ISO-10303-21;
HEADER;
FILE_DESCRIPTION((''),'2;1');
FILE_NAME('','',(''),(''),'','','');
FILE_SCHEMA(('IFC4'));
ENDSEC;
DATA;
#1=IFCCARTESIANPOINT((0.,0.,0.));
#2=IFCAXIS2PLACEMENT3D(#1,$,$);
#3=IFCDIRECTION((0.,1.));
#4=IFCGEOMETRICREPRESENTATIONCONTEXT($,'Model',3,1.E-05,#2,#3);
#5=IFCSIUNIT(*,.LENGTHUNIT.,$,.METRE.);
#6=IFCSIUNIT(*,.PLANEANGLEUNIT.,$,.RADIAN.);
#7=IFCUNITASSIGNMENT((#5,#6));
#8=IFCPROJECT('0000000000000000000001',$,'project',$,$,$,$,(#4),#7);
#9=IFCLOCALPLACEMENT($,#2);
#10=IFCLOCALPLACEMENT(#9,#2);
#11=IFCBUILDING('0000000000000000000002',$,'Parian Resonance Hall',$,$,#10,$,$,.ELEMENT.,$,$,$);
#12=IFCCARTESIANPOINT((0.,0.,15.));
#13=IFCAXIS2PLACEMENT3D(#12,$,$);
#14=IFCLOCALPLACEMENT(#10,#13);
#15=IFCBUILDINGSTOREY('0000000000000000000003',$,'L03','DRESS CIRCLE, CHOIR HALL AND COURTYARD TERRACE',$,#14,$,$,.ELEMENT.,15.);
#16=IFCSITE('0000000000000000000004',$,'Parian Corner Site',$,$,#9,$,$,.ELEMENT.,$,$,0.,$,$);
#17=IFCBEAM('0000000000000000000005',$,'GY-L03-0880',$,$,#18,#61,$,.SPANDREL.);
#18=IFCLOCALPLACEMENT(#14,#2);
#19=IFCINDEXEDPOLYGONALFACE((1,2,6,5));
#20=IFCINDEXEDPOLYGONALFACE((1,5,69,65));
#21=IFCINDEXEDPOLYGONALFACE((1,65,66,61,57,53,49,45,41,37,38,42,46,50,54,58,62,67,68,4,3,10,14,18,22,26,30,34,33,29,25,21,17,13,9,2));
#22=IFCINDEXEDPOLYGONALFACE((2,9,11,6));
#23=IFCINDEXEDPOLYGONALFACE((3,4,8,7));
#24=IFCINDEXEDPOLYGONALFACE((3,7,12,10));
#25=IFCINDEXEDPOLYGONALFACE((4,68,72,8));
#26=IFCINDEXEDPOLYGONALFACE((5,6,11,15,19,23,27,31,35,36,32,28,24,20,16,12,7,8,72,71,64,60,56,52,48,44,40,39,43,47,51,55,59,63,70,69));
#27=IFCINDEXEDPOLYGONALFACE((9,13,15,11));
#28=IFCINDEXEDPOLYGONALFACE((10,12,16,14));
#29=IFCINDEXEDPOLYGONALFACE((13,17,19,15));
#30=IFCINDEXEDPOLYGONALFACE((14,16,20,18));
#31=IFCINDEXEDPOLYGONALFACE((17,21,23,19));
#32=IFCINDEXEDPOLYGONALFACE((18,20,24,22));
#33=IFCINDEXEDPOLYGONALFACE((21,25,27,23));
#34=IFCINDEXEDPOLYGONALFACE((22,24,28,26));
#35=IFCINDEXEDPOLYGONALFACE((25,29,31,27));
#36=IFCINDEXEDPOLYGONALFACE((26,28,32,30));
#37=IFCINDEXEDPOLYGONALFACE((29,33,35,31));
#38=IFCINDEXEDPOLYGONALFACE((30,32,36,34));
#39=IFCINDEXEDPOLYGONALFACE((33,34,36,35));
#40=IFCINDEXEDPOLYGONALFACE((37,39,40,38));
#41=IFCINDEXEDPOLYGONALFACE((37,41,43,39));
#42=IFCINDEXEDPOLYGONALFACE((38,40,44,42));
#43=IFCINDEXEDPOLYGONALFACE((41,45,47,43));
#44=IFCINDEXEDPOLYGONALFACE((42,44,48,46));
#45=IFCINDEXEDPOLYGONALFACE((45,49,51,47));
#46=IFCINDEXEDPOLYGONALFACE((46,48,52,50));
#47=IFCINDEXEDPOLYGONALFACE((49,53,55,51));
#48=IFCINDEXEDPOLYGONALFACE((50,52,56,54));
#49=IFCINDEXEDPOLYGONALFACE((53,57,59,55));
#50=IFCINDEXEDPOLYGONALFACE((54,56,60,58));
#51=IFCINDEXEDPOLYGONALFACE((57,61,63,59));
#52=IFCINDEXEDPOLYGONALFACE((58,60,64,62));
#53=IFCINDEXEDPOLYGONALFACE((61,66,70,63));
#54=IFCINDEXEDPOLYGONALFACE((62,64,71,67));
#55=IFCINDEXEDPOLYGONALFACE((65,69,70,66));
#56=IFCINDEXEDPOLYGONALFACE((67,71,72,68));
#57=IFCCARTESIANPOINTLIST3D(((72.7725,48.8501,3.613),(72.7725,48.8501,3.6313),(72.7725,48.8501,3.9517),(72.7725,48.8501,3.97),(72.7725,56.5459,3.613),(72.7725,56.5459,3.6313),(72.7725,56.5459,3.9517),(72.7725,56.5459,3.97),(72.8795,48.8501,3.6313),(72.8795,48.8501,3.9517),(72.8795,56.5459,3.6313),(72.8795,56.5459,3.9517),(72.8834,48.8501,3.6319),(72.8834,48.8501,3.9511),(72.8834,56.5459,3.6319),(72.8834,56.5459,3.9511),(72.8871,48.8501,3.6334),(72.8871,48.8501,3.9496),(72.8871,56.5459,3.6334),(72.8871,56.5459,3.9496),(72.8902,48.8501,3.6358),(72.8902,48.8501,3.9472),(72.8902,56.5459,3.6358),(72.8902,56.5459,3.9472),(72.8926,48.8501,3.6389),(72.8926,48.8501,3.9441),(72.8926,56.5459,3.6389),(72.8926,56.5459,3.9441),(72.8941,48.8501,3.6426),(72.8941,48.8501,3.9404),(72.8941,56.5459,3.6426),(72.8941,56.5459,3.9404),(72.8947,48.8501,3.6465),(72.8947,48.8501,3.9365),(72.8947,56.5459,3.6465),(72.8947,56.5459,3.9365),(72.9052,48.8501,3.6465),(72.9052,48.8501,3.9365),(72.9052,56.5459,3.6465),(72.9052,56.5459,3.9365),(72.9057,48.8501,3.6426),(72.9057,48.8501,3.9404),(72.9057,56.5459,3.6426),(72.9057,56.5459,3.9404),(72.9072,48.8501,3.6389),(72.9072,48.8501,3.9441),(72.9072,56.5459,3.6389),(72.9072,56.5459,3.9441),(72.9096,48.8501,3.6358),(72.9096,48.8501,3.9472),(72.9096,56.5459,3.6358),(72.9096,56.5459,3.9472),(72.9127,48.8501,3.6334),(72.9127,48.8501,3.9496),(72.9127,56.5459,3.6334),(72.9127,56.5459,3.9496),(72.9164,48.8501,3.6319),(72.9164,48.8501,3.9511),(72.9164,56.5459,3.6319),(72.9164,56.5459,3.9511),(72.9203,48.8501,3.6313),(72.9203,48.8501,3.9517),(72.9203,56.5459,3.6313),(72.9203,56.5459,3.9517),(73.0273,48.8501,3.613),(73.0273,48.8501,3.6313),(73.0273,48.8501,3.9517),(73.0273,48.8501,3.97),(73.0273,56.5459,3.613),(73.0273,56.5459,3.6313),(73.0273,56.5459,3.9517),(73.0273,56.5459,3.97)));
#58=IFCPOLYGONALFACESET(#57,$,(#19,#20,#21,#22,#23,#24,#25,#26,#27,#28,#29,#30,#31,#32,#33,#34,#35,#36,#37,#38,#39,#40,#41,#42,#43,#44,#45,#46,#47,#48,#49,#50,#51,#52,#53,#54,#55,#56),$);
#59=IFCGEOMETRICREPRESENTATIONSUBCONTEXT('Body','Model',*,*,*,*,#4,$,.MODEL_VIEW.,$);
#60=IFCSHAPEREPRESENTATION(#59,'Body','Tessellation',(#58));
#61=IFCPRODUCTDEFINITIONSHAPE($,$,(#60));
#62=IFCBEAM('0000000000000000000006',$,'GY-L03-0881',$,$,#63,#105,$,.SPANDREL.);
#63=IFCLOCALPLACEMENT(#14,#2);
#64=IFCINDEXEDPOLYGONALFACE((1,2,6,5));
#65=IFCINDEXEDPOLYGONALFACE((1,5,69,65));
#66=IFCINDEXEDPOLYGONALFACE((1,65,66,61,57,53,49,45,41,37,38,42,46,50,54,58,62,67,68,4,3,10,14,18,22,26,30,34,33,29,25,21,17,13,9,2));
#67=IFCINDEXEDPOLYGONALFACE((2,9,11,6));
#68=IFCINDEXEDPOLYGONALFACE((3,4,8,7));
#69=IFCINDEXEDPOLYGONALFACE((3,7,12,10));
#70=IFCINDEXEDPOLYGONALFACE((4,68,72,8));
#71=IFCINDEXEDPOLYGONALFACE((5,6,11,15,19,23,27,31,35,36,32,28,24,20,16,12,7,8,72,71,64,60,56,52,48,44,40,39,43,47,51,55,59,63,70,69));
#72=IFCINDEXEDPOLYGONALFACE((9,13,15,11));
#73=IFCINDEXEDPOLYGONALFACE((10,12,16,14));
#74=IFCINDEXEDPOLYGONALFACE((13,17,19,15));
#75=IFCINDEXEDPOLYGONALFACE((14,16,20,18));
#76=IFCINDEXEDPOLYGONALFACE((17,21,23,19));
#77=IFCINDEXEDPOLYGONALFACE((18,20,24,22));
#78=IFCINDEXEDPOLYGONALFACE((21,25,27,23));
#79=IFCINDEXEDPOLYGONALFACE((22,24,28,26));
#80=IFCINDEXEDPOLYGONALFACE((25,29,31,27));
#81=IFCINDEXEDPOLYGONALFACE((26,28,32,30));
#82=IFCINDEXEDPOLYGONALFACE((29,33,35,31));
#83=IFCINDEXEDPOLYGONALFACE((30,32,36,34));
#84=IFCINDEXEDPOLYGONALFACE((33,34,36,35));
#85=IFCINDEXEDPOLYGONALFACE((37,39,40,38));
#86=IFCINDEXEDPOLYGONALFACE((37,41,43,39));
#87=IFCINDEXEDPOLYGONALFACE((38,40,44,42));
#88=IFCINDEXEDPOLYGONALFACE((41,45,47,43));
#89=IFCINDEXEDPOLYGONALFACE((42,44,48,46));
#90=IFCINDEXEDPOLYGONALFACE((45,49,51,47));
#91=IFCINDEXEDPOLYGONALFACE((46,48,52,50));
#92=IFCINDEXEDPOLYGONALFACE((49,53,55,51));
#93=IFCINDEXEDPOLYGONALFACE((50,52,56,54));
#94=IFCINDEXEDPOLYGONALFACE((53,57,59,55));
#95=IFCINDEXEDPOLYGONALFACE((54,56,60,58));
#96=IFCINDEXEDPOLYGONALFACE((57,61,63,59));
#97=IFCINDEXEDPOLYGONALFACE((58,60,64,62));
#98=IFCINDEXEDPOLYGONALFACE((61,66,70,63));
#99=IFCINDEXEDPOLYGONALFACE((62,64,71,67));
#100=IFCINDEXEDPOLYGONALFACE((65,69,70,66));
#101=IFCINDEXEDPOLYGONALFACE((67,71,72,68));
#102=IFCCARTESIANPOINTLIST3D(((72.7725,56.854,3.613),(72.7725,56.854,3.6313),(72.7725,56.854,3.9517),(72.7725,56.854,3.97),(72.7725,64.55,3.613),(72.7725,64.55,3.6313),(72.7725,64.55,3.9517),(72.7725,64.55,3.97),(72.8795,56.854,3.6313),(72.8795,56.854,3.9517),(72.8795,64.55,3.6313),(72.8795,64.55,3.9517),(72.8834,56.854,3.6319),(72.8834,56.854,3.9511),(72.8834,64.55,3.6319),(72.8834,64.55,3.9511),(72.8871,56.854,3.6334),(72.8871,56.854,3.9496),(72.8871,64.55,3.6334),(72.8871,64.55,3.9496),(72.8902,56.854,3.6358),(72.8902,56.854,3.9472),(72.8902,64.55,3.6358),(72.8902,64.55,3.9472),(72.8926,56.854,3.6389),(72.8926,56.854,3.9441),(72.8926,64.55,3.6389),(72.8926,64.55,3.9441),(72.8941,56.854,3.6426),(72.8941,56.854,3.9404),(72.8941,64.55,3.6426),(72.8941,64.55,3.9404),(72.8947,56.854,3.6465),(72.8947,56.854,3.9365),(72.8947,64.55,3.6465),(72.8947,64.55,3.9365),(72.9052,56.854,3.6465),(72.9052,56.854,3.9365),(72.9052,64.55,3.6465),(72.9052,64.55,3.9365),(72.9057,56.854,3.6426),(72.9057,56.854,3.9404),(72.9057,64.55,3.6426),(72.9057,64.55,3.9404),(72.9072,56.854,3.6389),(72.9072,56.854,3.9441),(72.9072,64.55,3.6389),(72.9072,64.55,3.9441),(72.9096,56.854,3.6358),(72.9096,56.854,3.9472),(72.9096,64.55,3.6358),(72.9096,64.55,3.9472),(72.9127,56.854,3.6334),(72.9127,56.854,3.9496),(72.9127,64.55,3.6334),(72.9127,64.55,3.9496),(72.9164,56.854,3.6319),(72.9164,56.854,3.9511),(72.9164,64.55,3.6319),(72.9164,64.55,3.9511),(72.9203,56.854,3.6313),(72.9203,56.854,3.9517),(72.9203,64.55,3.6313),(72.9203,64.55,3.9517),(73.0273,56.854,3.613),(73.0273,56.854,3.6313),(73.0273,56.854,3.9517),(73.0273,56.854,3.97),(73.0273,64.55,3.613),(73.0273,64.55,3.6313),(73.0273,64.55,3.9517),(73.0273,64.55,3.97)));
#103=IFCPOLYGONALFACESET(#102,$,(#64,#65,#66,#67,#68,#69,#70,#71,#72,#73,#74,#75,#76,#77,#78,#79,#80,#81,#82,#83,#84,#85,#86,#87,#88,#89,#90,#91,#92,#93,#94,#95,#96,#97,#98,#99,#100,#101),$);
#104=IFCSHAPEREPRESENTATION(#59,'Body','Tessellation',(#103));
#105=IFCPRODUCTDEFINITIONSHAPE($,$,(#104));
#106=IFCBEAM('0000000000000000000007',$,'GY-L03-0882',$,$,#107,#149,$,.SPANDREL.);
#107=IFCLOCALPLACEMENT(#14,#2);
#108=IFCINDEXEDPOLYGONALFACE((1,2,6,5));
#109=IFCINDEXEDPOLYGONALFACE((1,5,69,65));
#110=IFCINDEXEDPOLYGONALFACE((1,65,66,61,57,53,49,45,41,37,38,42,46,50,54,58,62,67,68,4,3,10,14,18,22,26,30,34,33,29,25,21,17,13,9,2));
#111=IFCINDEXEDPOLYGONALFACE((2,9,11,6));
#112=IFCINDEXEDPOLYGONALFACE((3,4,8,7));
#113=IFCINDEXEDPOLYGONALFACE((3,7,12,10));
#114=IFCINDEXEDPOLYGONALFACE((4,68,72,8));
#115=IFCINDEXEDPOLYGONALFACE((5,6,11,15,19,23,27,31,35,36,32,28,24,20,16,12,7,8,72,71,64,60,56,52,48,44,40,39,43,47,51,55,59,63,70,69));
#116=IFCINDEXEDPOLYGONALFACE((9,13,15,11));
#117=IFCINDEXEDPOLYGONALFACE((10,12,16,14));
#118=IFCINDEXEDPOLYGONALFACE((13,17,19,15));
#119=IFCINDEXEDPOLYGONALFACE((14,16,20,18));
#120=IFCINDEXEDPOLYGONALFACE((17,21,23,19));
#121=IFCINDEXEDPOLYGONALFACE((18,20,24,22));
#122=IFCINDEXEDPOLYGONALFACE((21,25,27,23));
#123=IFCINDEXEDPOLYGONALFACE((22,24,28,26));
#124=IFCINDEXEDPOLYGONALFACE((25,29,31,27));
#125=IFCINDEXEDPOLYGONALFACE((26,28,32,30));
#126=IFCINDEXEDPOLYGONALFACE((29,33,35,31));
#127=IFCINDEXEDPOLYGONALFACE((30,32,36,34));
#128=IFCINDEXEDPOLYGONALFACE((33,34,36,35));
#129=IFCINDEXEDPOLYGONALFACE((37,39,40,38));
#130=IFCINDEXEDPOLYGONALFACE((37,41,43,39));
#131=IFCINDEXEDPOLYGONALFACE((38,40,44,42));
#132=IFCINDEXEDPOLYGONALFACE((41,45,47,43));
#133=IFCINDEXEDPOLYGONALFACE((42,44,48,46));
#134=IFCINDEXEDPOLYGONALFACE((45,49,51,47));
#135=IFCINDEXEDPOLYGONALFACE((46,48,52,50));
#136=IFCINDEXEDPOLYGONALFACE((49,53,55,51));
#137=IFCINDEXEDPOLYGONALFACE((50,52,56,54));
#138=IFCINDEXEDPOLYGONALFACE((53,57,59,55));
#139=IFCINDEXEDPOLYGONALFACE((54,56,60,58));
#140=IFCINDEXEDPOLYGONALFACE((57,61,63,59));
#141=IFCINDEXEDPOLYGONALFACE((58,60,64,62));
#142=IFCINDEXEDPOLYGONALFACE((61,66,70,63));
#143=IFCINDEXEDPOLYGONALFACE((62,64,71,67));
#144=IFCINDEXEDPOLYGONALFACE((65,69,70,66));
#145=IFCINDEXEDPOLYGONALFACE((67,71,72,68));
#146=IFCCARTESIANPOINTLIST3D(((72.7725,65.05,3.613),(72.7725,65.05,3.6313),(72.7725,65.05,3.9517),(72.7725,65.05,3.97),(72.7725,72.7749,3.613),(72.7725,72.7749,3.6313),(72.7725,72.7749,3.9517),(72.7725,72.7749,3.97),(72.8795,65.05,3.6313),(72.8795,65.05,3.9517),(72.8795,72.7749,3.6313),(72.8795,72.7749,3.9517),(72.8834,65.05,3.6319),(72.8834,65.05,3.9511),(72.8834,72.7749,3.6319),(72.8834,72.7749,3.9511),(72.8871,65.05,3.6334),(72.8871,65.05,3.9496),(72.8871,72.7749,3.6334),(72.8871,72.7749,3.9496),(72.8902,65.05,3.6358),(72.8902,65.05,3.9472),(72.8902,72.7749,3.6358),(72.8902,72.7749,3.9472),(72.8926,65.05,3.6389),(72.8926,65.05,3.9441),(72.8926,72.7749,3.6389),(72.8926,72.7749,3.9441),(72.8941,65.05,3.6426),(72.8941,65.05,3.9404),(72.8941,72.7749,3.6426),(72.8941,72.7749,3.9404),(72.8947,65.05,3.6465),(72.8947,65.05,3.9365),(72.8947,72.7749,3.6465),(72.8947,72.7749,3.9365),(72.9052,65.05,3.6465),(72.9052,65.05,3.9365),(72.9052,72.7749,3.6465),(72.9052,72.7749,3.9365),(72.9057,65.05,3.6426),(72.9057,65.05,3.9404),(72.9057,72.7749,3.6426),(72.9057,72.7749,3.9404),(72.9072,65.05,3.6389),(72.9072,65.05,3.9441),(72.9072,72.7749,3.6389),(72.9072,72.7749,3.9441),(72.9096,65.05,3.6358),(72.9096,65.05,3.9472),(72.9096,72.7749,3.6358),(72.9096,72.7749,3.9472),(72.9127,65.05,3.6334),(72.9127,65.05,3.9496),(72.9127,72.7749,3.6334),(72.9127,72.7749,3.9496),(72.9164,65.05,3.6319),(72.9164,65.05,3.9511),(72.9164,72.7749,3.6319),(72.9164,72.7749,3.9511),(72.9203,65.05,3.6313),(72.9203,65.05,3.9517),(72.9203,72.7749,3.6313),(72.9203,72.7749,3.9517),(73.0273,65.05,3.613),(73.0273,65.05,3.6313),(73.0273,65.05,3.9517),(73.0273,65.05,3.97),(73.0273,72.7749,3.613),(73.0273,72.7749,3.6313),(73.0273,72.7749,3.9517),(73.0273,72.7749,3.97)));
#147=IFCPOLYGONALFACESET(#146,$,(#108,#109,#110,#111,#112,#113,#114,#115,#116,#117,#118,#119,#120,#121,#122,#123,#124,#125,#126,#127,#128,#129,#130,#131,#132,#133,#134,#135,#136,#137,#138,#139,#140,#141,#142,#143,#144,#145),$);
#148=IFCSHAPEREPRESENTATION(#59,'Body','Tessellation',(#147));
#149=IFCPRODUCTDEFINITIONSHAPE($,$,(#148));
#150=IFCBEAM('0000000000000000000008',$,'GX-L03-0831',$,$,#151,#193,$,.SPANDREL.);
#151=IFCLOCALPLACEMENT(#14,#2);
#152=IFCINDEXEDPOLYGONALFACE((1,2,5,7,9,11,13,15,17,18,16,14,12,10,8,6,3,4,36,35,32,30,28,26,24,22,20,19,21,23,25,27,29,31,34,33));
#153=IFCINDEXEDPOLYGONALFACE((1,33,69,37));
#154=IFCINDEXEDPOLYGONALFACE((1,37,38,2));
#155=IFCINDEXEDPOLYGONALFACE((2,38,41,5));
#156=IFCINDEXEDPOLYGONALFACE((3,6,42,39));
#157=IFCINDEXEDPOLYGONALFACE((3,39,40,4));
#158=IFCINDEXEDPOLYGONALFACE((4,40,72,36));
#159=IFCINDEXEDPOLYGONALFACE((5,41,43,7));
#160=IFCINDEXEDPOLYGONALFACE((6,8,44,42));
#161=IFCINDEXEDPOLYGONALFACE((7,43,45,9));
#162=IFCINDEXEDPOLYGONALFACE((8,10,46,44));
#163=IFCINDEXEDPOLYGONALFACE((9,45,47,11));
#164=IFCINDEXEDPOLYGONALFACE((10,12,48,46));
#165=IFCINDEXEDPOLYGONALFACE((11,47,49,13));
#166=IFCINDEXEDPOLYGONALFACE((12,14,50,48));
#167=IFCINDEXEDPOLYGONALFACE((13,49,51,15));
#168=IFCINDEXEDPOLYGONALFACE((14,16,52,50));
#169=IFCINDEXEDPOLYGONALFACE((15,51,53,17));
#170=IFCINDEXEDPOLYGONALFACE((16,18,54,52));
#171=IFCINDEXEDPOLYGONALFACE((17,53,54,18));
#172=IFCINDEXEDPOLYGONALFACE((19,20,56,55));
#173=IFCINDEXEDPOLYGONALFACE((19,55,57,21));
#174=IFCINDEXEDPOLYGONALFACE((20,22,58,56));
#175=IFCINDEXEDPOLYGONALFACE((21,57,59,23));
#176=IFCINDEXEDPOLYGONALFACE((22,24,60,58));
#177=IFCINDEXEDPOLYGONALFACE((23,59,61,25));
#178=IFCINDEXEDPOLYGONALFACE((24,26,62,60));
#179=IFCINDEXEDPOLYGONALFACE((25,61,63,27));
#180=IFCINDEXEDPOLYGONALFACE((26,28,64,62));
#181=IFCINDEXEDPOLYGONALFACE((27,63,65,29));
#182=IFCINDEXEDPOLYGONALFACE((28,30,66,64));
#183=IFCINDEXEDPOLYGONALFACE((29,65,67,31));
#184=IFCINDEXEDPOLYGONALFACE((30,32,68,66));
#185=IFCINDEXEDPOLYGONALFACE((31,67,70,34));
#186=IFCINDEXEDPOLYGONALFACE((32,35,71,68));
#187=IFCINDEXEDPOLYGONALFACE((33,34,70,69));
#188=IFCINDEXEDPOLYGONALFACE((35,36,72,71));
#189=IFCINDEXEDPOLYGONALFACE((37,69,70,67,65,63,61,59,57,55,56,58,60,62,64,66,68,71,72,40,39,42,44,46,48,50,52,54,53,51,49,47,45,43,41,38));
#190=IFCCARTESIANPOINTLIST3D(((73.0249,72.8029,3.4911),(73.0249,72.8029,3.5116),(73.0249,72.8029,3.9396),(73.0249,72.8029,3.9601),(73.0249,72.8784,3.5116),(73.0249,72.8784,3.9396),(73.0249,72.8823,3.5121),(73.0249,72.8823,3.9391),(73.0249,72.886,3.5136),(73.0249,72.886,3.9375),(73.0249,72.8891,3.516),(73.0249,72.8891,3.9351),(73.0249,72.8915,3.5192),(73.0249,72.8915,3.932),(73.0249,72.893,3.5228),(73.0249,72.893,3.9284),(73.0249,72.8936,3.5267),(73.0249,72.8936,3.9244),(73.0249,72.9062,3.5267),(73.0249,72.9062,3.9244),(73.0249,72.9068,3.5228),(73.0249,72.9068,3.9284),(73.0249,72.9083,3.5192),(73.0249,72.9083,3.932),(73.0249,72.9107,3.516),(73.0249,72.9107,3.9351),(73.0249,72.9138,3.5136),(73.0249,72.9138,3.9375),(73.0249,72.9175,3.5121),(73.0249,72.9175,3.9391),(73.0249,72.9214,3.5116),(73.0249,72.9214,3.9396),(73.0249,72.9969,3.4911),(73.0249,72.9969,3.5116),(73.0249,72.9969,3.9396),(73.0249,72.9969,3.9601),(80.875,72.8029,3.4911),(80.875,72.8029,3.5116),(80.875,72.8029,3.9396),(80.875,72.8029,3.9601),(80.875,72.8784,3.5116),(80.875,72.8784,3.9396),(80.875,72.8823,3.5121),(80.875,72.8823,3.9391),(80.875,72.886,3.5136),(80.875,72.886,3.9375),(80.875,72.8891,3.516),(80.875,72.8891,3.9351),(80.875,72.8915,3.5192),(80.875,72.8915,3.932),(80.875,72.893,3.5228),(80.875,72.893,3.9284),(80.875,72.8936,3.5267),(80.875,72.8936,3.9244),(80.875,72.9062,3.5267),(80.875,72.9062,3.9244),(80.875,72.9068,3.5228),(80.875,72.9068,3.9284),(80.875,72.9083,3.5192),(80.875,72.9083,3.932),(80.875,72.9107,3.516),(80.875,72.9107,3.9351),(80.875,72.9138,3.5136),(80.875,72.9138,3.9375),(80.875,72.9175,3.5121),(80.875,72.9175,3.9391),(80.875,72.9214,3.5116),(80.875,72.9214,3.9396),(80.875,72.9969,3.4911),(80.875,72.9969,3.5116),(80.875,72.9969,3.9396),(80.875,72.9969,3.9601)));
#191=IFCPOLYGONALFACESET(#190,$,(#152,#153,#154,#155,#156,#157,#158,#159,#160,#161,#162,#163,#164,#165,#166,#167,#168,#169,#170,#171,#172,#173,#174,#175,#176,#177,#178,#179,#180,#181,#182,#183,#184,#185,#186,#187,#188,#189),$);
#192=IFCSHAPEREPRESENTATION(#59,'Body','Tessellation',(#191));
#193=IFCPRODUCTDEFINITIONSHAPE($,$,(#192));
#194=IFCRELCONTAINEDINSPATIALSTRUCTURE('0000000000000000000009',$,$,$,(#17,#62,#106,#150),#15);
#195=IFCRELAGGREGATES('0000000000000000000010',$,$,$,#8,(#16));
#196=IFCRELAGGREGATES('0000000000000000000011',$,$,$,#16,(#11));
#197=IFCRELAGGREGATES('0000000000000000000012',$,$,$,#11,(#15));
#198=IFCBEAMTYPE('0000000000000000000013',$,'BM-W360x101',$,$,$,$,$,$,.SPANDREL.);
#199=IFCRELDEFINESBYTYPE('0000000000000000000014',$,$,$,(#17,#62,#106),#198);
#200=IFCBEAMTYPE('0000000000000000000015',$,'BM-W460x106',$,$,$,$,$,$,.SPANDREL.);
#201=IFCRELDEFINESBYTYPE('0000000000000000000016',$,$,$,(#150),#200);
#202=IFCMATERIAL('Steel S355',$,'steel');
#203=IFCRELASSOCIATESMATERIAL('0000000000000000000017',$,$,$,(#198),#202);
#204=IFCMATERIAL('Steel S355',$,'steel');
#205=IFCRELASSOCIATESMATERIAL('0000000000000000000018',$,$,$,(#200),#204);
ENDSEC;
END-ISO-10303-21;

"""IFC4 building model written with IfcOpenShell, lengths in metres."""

from ifc_helpers import new_model, si_unit, direction, frame, origin, origin_2d, place, context, subcontext, project, spatial, i_section, extrude, material, material_profile, profile_set, type_object, element, save


model = new_model("IFC4")

# Units and contexts
model_context = context("Model", 3, precision=1e-05, world=origin(), true_north=direction((0.0, 1.0)))
body_context = subcontext(model_context, "Body", "Model", "MODEL_VIEW")
ifc_project = project(units=[si_unit("LENGTHUNIT", "METRE"), si_unit("PLANEANGLEUNIT", "RADIAN")], contexts=[model_context])

# Site, building, storey
site_placement = place(None, origin())
site = spatial("IfcSite", under=ifc_project, at=site_placement, Name="Parian Corner Site", CompositionType="ELEMENT", RefElevation=0.0)
building_placement = place(site_placement, origin())
building = spatial("IfcBuilding", under=site, at=building_placement, Name="Parian Resonance Hall", CompositionType="ELEMENT")
storey_placement = place(building_placement, frame((0.0, 0.0, 15.0)))
storey = spatial("IfcBuildingStorey", under=building, at=storey_placement, Name="L03", Description="DRESS CIRCLE, CHOIR HALL AND COURTYARD TERRACE", CompositionType="ELEMENT", Elevation=15.0)

# Beams
ifc_material_1 = material(Name="Steel S355", Category="steel")
ifc_material_profile_1 = material_profile(ifc_material_1, i_section(OverallWidth=0.2549, OverallDepth=0.3569, WebThickness=0.0105, FlangeThickness=0.0183, FilletRadius=0.0151, at=origin_2d()), Name="W360x101")
ifc_profile_set_1 = profile_set([ifc_material_profile_1], Name="Steel S355")
beam_type_1 = type_object("IfcBeamType", Name="BM-W360x101", PredefinedType="SPANDREL", material=ifc_profile_set_1)
beam_1_placement = place(storey_placement, frame((72.8999, 48.8501, 3.7915), z_axis=(0.0, 1.0, 0.0), x_axis=(-1.0, 0.0, 0.0)))
element("IfcBeam", 1, at=beam_1_placement, inside=storey, type_object=beam_type_1, Name="GY-L03-0880", PredefinedType="SPANDREL", context=body_context, shape_type="SweptSolid", body=[
    extrude(i_section(OverallWidth=0.2549, OverallDepth=0.3569, WebThickness=0.0105, FlangeThickness=0.0183, FilletRadius=0.0151, at=origin_2d()), origin(), (0.0, 0.0, 1.0), 7.6958),
])
beam_2_placement = place(storey_placement, frame((72.8999, 56.854, 3.7915), z_axis=(0.0, 1.0, 0.0), x_axis=(-1.0, 0.0, 0.0)))
element("IfcBeam", 2, at=beam_2_placement, inside=storey, type_object=beam_type_1, Name="GY-L03-0881", PredefinedType="SPANDREL", context=body_context, shape_type="SweptSolid", body=[
    extrude(i_section(OverallWidth=0.2549, OverallDepth=0.3569, WebThickness=0.0105, FlangeThickness=0.0183, FilletRadius=0.0151, at=origin_2d()), origin(), (0.0, 0.0, 1.0), 7.696),
])
beam_3_placement = place(storey_placement, frame((72.8999, 65.05, 3.7915), z_axis=(0.0, 1.0, 0.0), x_axis=(-1.0, 0.0, 0.0)))
element("IfcBeam", 3, at=beam_3_placement, inside=storey, type_object=beam_type_1, Name="GY-L03-0882", PredefinedType="SPANDREL", context=body_context, shape_type="SweptSolid", body=[
    extrude(i_section(OverallWidth=0.2549, OverallDepth=0.3569, WebThickness=0.0105, FlangeThickness=0.0183, FilletRadius=0.0151, at=origin_2d()), origin(), (0.0, 0.0, 1.0), 7.7249),
])
ifc_material_2 = material(Name="Steel S355", Category="steel")
ifc_material_profile_2 = material_profile(ifc_material_2, i_section(OverallWidth=0.1941, OverallDepth=0.469, WebThickness=0.0127, FlangeThickness=0.0205, FilletRadius=0.0151, at=origin_2d()), Name="W460x106")
ifc_profile_set_2 = profile_set([ifc_material_profile_2], Name="Steel S355")
beam_type_2 = type_object("IfcBeamType", Name="BM-W460x106", PredefinedType="SPANDREL", material=ifc_profile_set_2)
beam_4_placement = place(storey_placement, frame((73.0249, 72.8999, 3.7256), z_axis=(1.0, 0.0, 0.0), x_axis=(0.0, 1.0, 0.0)))
element("IfcBeam", 4, at=beam_4_placement, inside=storey, type_object=beam_type_2, Name="GX-L03-0831", PredefinedType="SPANDREL", context=body_context, shape_type="SweptSolid", body=[
    extrude(i_section(OverallWidth=0.1941, OverallDepth=0.469, WebThickness=0.0127, FlangeThickness=0.0205, FilletRadius=0.0151, at=origin_2d()), origin(), (0.0, 0.0, 1.0), 7.8501),
])

save(model, "model.ifc")
